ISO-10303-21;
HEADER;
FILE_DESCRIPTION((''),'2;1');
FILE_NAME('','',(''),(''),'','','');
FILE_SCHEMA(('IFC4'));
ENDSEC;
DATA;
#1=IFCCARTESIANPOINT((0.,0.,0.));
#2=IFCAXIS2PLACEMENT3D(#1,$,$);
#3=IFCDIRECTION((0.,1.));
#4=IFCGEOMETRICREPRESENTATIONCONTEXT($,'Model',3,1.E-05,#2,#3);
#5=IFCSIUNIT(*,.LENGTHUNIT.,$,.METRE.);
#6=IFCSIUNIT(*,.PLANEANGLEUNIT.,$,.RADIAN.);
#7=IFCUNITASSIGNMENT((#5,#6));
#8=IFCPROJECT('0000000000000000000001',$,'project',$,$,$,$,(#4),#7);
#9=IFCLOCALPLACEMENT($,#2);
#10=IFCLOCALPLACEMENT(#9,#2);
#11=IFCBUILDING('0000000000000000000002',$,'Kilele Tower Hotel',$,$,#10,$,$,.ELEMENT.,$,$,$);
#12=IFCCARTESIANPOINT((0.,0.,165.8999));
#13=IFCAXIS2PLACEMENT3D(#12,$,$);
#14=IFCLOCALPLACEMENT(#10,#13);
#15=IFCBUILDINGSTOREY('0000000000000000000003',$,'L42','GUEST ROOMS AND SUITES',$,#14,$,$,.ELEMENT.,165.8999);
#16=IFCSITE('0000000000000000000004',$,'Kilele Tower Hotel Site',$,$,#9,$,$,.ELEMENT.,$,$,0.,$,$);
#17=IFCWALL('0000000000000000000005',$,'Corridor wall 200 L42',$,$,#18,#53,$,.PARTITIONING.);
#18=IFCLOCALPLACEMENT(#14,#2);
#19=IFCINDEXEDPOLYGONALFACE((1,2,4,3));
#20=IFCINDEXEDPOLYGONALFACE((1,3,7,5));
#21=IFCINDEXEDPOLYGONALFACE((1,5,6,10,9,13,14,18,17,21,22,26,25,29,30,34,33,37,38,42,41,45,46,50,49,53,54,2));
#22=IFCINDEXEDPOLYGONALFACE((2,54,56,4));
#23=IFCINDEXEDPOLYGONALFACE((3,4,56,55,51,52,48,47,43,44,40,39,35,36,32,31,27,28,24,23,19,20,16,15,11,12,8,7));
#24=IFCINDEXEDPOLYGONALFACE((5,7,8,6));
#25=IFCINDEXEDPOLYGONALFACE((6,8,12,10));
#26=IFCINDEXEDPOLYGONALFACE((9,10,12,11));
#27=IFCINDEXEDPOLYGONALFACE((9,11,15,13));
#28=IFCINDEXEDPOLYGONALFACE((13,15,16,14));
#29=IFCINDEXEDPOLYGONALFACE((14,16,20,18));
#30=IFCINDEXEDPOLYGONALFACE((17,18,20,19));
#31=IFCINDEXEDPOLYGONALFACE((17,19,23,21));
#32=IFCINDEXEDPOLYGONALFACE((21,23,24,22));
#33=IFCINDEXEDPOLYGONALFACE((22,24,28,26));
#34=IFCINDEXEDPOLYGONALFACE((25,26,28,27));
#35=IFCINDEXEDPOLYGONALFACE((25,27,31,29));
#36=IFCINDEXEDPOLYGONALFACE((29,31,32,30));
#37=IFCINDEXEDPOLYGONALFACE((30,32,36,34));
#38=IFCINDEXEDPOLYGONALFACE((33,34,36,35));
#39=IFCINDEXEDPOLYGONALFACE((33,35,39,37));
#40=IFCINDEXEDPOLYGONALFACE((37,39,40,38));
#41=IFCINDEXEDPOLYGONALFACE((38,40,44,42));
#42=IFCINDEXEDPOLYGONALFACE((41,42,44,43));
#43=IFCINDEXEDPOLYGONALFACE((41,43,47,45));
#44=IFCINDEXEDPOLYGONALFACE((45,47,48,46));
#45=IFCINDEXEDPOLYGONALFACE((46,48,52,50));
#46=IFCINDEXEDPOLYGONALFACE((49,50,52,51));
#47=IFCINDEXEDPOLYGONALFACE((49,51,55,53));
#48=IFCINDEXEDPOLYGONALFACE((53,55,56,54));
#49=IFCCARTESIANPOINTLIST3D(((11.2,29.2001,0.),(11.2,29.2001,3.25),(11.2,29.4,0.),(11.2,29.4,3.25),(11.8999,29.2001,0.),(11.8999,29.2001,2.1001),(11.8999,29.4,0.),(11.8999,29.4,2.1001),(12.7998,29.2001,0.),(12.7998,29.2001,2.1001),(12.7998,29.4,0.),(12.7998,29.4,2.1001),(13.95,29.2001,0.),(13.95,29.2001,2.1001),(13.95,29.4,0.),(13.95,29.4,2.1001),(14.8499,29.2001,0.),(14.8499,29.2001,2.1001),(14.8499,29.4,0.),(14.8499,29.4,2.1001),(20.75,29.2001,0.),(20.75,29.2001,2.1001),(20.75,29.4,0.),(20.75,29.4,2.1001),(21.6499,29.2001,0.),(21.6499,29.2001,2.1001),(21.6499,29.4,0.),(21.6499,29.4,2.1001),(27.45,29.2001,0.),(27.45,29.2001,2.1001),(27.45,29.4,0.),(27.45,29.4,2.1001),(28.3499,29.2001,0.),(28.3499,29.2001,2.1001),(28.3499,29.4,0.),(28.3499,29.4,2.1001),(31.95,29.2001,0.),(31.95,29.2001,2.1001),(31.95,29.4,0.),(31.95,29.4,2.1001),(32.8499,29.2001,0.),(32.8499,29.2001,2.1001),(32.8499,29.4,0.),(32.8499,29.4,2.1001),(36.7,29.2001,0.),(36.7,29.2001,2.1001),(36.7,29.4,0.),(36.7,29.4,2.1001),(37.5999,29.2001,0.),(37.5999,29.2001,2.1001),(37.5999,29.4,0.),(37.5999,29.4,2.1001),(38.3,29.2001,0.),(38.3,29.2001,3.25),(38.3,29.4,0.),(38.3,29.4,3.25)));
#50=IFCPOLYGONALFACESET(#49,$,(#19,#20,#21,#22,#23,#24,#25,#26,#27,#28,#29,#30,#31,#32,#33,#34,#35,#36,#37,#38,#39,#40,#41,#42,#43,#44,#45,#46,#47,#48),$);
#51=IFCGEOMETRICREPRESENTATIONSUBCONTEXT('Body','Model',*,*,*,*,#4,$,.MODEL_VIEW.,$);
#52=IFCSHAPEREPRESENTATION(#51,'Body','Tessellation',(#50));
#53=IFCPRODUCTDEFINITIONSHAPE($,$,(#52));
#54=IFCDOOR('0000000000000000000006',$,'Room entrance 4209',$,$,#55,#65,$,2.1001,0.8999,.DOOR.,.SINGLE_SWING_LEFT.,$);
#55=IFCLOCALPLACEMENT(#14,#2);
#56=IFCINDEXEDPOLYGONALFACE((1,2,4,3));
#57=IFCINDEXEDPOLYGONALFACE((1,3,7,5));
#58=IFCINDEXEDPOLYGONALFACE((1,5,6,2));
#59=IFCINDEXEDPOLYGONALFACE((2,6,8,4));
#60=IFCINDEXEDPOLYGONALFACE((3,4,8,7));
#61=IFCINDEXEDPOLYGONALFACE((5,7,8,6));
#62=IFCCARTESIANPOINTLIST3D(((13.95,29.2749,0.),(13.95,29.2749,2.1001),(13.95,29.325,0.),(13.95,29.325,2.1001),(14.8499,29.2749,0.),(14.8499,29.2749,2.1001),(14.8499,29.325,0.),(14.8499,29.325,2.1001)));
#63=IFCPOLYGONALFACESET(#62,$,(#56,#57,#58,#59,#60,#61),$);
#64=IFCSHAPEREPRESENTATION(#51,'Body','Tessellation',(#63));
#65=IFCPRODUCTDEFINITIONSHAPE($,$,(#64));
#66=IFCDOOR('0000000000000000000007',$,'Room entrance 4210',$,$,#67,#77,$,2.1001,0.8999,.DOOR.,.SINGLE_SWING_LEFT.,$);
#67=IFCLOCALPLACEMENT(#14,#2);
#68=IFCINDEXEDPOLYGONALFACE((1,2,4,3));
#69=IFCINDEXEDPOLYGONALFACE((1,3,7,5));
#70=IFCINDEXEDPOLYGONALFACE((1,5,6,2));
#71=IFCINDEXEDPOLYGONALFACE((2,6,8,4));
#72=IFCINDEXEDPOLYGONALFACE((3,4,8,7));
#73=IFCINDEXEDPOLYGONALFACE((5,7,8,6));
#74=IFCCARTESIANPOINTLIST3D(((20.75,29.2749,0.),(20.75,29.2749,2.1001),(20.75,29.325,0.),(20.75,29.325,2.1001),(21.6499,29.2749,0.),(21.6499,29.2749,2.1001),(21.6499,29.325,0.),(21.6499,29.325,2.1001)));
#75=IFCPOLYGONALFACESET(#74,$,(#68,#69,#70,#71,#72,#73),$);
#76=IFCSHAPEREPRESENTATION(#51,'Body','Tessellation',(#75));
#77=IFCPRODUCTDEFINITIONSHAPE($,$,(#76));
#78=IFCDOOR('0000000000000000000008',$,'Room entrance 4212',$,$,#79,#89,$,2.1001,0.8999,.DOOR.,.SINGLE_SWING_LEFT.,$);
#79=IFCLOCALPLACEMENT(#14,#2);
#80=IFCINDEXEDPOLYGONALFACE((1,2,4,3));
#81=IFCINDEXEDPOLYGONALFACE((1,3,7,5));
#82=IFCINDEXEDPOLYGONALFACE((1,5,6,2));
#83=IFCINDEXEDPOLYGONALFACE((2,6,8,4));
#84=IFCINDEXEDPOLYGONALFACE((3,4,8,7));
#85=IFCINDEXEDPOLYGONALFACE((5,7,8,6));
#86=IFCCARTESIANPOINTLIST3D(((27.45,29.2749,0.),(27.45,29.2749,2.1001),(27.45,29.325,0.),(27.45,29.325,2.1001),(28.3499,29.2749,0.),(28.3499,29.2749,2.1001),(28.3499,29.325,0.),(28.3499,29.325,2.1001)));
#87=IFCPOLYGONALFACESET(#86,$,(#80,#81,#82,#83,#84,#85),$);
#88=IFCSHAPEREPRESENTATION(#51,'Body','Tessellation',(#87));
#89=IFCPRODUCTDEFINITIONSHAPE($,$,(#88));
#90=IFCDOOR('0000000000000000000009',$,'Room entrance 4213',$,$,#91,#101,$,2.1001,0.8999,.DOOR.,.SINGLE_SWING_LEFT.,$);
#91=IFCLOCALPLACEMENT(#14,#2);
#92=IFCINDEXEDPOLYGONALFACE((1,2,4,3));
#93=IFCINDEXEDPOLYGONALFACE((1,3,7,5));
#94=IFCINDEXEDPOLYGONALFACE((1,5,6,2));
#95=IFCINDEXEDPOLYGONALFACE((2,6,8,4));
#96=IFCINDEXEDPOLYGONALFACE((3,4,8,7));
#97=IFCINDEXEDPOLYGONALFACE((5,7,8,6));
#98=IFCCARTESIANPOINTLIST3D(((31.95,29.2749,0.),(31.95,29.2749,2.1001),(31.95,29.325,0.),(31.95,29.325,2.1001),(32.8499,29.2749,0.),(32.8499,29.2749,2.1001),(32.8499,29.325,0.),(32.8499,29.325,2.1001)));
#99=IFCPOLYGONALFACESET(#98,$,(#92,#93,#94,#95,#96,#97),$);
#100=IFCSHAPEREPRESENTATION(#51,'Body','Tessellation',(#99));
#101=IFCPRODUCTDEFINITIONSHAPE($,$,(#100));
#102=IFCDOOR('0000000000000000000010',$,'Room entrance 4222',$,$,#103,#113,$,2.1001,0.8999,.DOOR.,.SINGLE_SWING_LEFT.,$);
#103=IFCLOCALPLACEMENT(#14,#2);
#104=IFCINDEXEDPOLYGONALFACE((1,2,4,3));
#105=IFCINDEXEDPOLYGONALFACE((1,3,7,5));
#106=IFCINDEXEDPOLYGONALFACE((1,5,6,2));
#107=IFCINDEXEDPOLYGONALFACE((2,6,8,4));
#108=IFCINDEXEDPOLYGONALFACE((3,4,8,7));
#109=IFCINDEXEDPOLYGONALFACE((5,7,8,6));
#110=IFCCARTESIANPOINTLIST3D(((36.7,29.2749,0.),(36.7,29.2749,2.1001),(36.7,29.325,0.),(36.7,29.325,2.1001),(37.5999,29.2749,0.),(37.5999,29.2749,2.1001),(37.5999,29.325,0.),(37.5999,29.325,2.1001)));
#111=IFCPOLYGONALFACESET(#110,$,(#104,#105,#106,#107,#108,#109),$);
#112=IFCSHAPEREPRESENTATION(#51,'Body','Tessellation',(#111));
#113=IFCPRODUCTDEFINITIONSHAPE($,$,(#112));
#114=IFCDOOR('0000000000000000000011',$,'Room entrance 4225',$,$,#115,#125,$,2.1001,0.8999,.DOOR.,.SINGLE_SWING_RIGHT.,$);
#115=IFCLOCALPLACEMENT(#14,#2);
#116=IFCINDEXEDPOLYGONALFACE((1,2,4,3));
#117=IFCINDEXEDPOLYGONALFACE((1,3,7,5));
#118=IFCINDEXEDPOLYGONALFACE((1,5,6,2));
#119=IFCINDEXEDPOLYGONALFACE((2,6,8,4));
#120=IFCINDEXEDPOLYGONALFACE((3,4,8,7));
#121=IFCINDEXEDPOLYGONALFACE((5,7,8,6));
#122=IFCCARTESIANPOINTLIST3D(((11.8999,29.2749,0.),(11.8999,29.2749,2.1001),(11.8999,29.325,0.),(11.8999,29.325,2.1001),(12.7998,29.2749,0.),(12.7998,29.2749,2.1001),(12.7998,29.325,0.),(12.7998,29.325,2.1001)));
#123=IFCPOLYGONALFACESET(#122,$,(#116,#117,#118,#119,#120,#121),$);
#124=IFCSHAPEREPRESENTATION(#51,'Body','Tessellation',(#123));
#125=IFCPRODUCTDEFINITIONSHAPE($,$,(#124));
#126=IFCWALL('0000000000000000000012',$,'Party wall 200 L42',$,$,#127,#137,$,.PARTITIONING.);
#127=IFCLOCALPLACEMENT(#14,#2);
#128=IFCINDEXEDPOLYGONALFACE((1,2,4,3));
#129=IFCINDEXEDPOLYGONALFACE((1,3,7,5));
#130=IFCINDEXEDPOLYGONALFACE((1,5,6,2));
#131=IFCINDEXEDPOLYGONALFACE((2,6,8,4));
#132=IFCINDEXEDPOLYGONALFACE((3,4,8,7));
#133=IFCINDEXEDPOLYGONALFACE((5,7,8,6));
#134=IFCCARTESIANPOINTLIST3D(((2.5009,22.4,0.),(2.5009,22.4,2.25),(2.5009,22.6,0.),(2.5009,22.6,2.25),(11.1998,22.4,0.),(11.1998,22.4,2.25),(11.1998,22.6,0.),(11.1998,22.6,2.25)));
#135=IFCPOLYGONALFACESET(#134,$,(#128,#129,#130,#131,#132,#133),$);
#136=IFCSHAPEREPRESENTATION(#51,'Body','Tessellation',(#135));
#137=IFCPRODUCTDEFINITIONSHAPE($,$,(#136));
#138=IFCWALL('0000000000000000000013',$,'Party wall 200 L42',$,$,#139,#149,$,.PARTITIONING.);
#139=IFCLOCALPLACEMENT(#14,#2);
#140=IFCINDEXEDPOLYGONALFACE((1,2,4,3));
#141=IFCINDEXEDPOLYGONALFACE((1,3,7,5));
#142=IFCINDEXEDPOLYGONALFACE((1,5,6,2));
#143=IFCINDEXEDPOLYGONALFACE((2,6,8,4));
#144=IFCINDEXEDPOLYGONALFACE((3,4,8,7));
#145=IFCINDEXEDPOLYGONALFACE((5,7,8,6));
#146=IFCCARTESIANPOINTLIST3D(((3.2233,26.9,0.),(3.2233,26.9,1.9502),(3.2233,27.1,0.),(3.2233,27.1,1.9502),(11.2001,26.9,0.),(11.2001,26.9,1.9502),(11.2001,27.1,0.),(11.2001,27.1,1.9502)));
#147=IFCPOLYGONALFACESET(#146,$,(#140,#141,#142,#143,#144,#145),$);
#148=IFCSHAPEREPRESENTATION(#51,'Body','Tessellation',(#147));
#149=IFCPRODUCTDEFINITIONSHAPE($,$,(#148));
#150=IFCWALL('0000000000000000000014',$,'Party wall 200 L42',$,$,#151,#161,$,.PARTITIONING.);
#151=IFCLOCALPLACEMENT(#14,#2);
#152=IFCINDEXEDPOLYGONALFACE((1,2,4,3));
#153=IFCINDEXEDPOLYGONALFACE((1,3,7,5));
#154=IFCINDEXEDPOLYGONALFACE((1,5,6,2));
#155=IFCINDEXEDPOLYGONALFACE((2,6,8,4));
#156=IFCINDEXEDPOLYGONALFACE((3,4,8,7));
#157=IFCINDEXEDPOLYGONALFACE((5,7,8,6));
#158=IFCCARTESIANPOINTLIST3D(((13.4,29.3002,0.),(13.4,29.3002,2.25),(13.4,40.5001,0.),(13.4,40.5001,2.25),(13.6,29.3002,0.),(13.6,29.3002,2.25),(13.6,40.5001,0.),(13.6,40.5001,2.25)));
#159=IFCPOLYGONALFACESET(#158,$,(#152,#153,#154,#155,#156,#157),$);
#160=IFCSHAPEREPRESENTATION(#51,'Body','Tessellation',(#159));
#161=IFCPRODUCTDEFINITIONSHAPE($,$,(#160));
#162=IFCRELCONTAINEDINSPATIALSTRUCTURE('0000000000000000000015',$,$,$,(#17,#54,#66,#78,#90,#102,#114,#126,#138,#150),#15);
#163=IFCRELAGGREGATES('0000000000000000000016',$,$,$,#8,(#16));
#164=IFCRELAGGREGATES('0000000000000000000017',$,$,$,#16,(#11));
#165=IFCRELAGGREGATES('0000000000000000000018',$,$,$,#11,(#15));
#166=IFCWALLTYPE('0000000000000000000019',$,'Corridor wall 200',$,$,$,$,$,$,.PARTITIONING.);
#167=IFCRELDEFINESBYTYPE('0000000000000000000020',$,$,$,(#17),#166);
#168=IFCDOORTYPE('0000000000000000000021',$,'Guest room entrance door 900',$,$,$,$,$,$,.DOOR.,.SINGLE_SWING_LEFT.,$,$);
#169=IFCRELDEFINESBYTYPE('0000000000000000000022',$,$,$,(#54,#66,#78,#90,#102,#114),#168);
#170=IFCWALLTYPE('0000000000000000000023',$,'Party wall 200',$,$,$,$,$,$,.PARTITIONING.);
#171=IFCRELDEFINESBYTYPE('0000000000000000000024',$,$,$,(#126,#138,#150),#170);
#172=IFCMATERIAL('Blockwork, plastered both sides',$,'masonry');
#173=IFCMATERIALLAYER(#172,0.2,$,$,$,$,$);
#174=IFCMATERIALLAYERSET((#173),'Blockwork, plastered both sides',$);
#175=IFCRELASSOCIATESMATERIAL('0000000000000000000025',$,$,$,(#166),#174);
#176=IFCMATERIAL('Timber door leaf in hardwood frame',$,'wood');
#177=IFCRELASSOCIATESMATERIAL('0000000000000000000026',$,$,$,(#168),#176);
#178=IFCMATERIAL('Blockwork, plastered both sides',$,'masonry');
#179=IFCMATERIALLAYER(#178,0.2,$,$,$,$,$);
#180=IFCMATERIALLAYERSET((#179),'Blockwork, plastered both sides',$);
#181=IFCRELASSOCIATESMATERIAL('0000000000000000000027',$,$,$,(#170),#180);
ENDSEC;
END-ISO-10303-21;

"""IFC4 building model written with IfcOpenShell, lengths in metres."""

from ifc_helpers import new_model, si_unit, direction, frame, frame_2d, origin, place, context, subcontext, project, spatial, rectangle, extrude, material, layer, layer_set, type_object, element, fill, save


model = new_model("IFC4")

# Units and contexts
model_context = context("Model", 3, precision=1e-05, world=origin(), true_north=direction((0.0, 1.0)))
body_context = subcontext(model_context, "Body", "Model", "MODEL_VIEW")
ifc_project = project(units=[si_unit("LENGTHUNIT", "METRE"), si_unit("PLANEANGLEUNIT", "RADIAN")], contexts=[model_context])

# Site, building, storey
site_placement = place(None, origin())
site = spatial("IfcSite", under=ifc_project, at=site_placement, Name="Kilele Tower Hotel Site", CompositionType="ELEMENT", RefElevation=0.0)
building_placement = place(site_placement, origin())
building = spatial("IfcBuilding", under=site, at=building_placement, Name="Kilele Tower Hotel", CompositionType="ELEMENT")
storey_placement = place(building_placement, frame((0.0, 0.0, 165.8999)))
storey = spatial("IfcBuildingStorey", under=building, at=storey_placement, Name="L42", Description="GUEST ROOMS AND SUITES", CompositionType="ELEMENT", Elevation=165.8999)

# Wall, openings, doors
ifc_material_1 = material(Name="Blockwork, plastered both sides", Category="masonry")
ifc_layer_1 = layer(ifc_material_1, 0.2)
ifc_layer_set_1 = layer_set([ifc_layer_1], Name="Blockwork, plastered both sides")
wall_type_1 = type_object("IfcWallType", Name="Corridor wall 200", PredefinedType="PARTITIONING", material=ifc_layer_set_1)
wall_1_placement = place(storey_placement, frame((11.2, 29.3, 0.0), z_axis=(0.0, 0.0, 1.0), x_axis=(1.0, 0.0, 0.0)))
wall_1 = element("IfcWall", 1, at=wall_1_placement, inside=storey, type_object=wall_type_1, Name="Corridor wall 200 L42", PredefinedType="PARTITIONING", context=body_context, shape_type="SweptSolid", body=[
    extrude(rectangle(XDim=27.1001, YDim=0.2, at=frame_2d((13.55, 0.0))), origin(), (0.0, 0.0, 1.0), 3.25),
])
opening_1_placement = place(wall_1_placement, frame((2.75, 0.0, 0.0)))
opening_1 = element("IfcOpeningElement", 2, at=opening_1_placement, cuts=wall_1, PredefinedType="OPENING", context=body_context, shape_type="SweptSolid", body=[
    extrude(rectangle(XDim=0.8999, YDim=2.1001, at=frame_2d((0.45, 1.05))), frame((0.0, 0.1099, 0.0), z_axis=(0.0, -1.0, 0.0), x_axis=(1.0, 0.0, 0.0)), (0.0, 0.0, 1.0), 0.22),
])
opening_2_placement = place(wall_1_placement, frame((9.55, 0.0, 0.0)))
opening_2 = element("IfcOpeningElement", 3, at=opening_2_placement, cuts=wall_1, PredefinedType="OPENING", context=body_context, shape_type="SweptSolid", body=[
    extrude(rectangle(XDim=0.8999, YDim=2.1001, at=frame_2d((0.45, 1.05))), frame((0.0, 0.1099, 0.0), z_axis=(0.0, -1.0, 0.0), x_axis=(1.0, 0.0, 0.0)), (0.0, 0.0, 1.0), 0.22),
])
opening_3_placement = place(wall_1_placement, frame((16.25, 0.0, 0.0)))
opening_3 = element("IfcOpeningElement", 4, at=opening_3_placement, cuts=wall_1, PredefinedType="OPENING", context=body_context, shape_type="SweptSolid", body=[
    extrude(rectangle(XDim=0.8999, YDim=2.1001, at=frame_2d((0.45, 1.05))), frame((0.0, 0.1099, 0.0), z_axis=(0.0, -1.0, 0.0), x_axis=(1.0, 0.0, 0.0)), (0.0, 0.0, 1.0), 0.22),
])
opening_4_placement = place(wall_1_placement, frame((20.75, 0.0, 0.0)))
opening_4 = element("IfcOpeningElement", 5, at=opening_4_placement, cuts=wall_1, PredefinedType="OPENING", context=body_context, shape_type="SweptSolid", body=[
    extrude(rectangle(XDim=0.8999, YDim=2.1001, at=frame_2d((0.45, 1.05))), frame((0.0, 0.1099, 0.0), z_axis=(0.0, -1.0, 0.0), x_axis=(1.0, 0.0, 0.0)), (0.0, 0.0, 1.0), 0.22),
])
opening_5_placement = place(wall_1_placement, frame((25.5, 0.0, 0.0)))
opening_5 = element("IfcOpeningElement", 6, at=opening_5_placement, cuts=wall_1, PredefinedType="OPENING", context=body_context, shape_type="SweptSolid", body=[
    extrude(rectangle(XDim=0.8999, YDim=2.1001, at=frame_2d((0.45, 1.05))), frame((0.0, 0.1099, 0.0), z_axis=(0.0, -1.0, 0.0), x_axis=(1.0, 0.0, 0.0)), (0.0, 0.0, 1.0), 0.22),
])
opening_6_placement = place(wall_1_placement, frame((0.7, 0.0, 0.0)))
opening_6 = element("IfcOpeningElement", 7, at=opening_6_placement, cuts=wall_1, PredefinedType="OPENING", context=body_context, shape_type="SweptSolid", body=[
    extrude(rectangle(XDim=0.8999, YDim=2.1001, at=frame_2d((0.45, 1.05))), frame((0.0, 0.1099, 0.0), z_axis=(0.0, -1.0, 0.0), x_axis=(1.0, 0.0, 0.0)), (0.0, 0.0, 1.0), 0.22),
])
ifc_material_2 = material(Name="Timber door leaf in hardwood frame", Category="wood")
door_type_1 = type_object("IfcDoorType", Name="Guest room entrance door 900", OperationType="SINGLE_SWING_LEFT", PredefinedType="DOOR", material=ifc_material_2)
door_1_placement = place(opening_1_placement, origin())
door_1 = element("IfcDoor", 8, at=door_1_placement, inside=storey, type_object=door_type_1, Name="Room entrance 4209", OperationType="SINGLE_SWING_LEFT", OverallHeight=2.1001, OverallWidth=0.8999, PredefinedType="DOOR", context=body_context, shape_type="SweptSolid", body=[
    extrude(rectangle(XDim=0.8999, YDim=2.1001, at=frame_2d((0.45, 1.05))), frame((0.0, 0.0249, 0.0), z_axis=(0.0, -1.0, 0.0), x_axis=(1.0, 0.0, 0.0)), (0.0, 0.0, 1.0), 0.05),
])
fill(opening_1, door_1)
door_2_placement = place(opening_2_placement, origin())
door_2 = element("IfcDoor", 9, at=door_2_placement, inside=storey, type_object=door_type_1, Name="Room entrance 4210", OperationType="SINGLE_SWING_LEFT", OverallHeight=2.1001, OverallWidth=0.8999, PredefinedType="DOOR", context=body_context, shape_type="SweptSolid", body=[
    extrude(rectangle(XDim=0.8999, YDim=2.1001, at=frame_2d((0.45, 1.05))), frame((0.0, 0.0249, 0.0), z_axis=(0.0, -1.0, 0.0), x_axis=(1.0, 0.0, 0.0)), (0.0, 0.0, 1.0), 0.05),
])
fill(opening_2, door_2)
door_3_placement = place(opening_3_placement, origin())
door_3 = element("IfcDoor", 10, at=door_3_placement, inside=storey, type_object=door_type_1, Name="Room entrance 4212", OperationType="SINGLE_SWING_LEFT", OverallHeight=2.1001, OverallWidth=0.8999, PredefinedType="DOOR", context=body_context, shape_type="SweptSolid", body=[
    extrude(rectangle(XDim=0.8999, YDim=2.1001, at=frame_2d((0.45, 1.05))), frame((0.0, 0.0249, 0.0), z_axis=(0.0, -1.0, 0.0), x_axis=(1.0, 0.0, 0.0)), (0.0, 0.0, 1.0), 0.05),
])
fill(opening_3, door_3)
door_4_placement = place(opening_4_placement, origin())
door_4 = element("IfcDoor", 11, at=door_4_placement, inside=storey, type_object=door_type_1, Name="Room entrance 4213", OperationType="SINGLE_SWING_LEFT", OverallHeight=2.1001, OverallWidth=0.8999, PredefinedType="DOOR", context=body_context, shape_type="SweptSolid", body=[
    extrude(rectangle(XDim=0.8999, YDim=2.1001, at=frame_2d((0.45, 1.05))), frame((0.0, 0.0249, 0.0), z_axis=(0.0, -1.0, 0.0), x_axis=(1.0, 0.0, 0.0)), (0.0, 0.0, 1.0), 0.05),
])
fill(opening_4, door_4)
door_5_placement = place(opening_5_placement, origin())
door_5 = element("IfcDoor", 12, at=door_5_placement, inside=storey, type_object=door_type_1, Name="Room entrance 4222", OperationType="SINGLE_SWING_LEFT", OverallHeight=2.1001, OverallWidth=0.8999, PredefinedType="DOOR", context=body_context, shape_type="SweptSolid", body=[
    extrude(rectangle(XDim=0.8999, YDim=2.1001, at=frame_2d((0.45, 1.05))), frame((0.0, 0.0249, 0.0), z_axis=(0.0, -1.0, 0.0), x_axis=(1.0, 0.0, 0.0)), (0.0, 0.0, 1.0), 0.05),
])
fill(opening_5, door_5)
door_6_placement = place(opening_6_placement, origin())
door_6 = element("IfcDoor", 13, at=door_6_placement, inside=storey, type_object=door_type_1, Name="Room entrance 4225", OperationType="SINGLE_SWING_RIGHT", OverallHeight=2.1001, OverallWidth=0.8999, PredefinedType="DOOR", context=body_context, shape_type="SweptSolid", body=[
    extrude(rectangle(XDim=0.8999, YDim=2.1001, at=frame_2d((0.45, 1.05))), frame((0.0, 0.0249, 0.0), z_axis=(0.0, -1.0, 0.0), x_axis=(1.0, 0.0, 0.0)), (0.0, 0.0, 1.0), 0.05),
])
fill(opening_6, door_6)

# Walls
ifc_material_3 = material(Name="Blockwork, plastered both sides", Category="masonry")
ifc_layer_2 = layer(ifc_material_3, 0.2)
ifc_layer_set_2 = layer_set([ifc_layer_2], Name="Blockwork, plastered both sides")
wall_type_2 = type_object("IfcWallType", Name="Party wall 200", PredefinedType="PARTITIONING", material=ifc_layer_set_2)
wall_2_placement = place(storey_placement, frame((11.2, 22.5, 0.0), z_axis=(0.0, 0.0, 1.0), x_axis=(-1.0, 0.0, 0.0)))
element("IfcWall", 14, at=wall_2_placement, inside=storey, type_object=wall_type_2, Name="Party wall 200 L42", PredefinedType="PARTITIONING", context=body_context, shape_type="SweptSolid", body=[
    extrude(rectangle(XDim=8.699, YDim=0.2, at=frame_2d((4.3496, 0.0))), origin(), (0.0, 0.0, 1.0), 2.25),
])
wall_3_placement = place(storey_placement, frame((11.2, 27.0, 0.0), z_axis=(0.0, 0.0, 1.0), x_axis=(-1.0, 0.0, 0.0)))
element("IfcWall", 15, at=wall_3_placement, inside=storey, type_object=wall_type_2, Name="Party wall 200 L42", PredefinedType="PARTITIONING", context=body_context, shape_type="SweptSolid", body=[
    extrude(rectangle(XDim=7.9768, YDim=0.2, at=frame_2d((3.9883, 0.0))), origin(), (0.0, 0.0, 1.0), 1.9502),
])
wall_4_placement = place(storey_placement, frame((13.5, 29.3, 0.0), z_axis=(0.0, 0.0, 1.0), x_axis=(0.0, 1.0, 0.0)))
element("IfcWall", 16, at=wall_4_placement, inside=storey, type_object=wall_type_2, Name="Party wall 200 L42", PredefinedType="PARTITIONING", context=body_context, shape_type="SweptSolid", body=[
    extrude(rectangle(XDim=11.2, YDim=0.2, at=frame_2d((5.6001, 0.0))), origin(), (0.0, 0.0, 1.0), 2.25),
])

save(model, "model.ifc")
